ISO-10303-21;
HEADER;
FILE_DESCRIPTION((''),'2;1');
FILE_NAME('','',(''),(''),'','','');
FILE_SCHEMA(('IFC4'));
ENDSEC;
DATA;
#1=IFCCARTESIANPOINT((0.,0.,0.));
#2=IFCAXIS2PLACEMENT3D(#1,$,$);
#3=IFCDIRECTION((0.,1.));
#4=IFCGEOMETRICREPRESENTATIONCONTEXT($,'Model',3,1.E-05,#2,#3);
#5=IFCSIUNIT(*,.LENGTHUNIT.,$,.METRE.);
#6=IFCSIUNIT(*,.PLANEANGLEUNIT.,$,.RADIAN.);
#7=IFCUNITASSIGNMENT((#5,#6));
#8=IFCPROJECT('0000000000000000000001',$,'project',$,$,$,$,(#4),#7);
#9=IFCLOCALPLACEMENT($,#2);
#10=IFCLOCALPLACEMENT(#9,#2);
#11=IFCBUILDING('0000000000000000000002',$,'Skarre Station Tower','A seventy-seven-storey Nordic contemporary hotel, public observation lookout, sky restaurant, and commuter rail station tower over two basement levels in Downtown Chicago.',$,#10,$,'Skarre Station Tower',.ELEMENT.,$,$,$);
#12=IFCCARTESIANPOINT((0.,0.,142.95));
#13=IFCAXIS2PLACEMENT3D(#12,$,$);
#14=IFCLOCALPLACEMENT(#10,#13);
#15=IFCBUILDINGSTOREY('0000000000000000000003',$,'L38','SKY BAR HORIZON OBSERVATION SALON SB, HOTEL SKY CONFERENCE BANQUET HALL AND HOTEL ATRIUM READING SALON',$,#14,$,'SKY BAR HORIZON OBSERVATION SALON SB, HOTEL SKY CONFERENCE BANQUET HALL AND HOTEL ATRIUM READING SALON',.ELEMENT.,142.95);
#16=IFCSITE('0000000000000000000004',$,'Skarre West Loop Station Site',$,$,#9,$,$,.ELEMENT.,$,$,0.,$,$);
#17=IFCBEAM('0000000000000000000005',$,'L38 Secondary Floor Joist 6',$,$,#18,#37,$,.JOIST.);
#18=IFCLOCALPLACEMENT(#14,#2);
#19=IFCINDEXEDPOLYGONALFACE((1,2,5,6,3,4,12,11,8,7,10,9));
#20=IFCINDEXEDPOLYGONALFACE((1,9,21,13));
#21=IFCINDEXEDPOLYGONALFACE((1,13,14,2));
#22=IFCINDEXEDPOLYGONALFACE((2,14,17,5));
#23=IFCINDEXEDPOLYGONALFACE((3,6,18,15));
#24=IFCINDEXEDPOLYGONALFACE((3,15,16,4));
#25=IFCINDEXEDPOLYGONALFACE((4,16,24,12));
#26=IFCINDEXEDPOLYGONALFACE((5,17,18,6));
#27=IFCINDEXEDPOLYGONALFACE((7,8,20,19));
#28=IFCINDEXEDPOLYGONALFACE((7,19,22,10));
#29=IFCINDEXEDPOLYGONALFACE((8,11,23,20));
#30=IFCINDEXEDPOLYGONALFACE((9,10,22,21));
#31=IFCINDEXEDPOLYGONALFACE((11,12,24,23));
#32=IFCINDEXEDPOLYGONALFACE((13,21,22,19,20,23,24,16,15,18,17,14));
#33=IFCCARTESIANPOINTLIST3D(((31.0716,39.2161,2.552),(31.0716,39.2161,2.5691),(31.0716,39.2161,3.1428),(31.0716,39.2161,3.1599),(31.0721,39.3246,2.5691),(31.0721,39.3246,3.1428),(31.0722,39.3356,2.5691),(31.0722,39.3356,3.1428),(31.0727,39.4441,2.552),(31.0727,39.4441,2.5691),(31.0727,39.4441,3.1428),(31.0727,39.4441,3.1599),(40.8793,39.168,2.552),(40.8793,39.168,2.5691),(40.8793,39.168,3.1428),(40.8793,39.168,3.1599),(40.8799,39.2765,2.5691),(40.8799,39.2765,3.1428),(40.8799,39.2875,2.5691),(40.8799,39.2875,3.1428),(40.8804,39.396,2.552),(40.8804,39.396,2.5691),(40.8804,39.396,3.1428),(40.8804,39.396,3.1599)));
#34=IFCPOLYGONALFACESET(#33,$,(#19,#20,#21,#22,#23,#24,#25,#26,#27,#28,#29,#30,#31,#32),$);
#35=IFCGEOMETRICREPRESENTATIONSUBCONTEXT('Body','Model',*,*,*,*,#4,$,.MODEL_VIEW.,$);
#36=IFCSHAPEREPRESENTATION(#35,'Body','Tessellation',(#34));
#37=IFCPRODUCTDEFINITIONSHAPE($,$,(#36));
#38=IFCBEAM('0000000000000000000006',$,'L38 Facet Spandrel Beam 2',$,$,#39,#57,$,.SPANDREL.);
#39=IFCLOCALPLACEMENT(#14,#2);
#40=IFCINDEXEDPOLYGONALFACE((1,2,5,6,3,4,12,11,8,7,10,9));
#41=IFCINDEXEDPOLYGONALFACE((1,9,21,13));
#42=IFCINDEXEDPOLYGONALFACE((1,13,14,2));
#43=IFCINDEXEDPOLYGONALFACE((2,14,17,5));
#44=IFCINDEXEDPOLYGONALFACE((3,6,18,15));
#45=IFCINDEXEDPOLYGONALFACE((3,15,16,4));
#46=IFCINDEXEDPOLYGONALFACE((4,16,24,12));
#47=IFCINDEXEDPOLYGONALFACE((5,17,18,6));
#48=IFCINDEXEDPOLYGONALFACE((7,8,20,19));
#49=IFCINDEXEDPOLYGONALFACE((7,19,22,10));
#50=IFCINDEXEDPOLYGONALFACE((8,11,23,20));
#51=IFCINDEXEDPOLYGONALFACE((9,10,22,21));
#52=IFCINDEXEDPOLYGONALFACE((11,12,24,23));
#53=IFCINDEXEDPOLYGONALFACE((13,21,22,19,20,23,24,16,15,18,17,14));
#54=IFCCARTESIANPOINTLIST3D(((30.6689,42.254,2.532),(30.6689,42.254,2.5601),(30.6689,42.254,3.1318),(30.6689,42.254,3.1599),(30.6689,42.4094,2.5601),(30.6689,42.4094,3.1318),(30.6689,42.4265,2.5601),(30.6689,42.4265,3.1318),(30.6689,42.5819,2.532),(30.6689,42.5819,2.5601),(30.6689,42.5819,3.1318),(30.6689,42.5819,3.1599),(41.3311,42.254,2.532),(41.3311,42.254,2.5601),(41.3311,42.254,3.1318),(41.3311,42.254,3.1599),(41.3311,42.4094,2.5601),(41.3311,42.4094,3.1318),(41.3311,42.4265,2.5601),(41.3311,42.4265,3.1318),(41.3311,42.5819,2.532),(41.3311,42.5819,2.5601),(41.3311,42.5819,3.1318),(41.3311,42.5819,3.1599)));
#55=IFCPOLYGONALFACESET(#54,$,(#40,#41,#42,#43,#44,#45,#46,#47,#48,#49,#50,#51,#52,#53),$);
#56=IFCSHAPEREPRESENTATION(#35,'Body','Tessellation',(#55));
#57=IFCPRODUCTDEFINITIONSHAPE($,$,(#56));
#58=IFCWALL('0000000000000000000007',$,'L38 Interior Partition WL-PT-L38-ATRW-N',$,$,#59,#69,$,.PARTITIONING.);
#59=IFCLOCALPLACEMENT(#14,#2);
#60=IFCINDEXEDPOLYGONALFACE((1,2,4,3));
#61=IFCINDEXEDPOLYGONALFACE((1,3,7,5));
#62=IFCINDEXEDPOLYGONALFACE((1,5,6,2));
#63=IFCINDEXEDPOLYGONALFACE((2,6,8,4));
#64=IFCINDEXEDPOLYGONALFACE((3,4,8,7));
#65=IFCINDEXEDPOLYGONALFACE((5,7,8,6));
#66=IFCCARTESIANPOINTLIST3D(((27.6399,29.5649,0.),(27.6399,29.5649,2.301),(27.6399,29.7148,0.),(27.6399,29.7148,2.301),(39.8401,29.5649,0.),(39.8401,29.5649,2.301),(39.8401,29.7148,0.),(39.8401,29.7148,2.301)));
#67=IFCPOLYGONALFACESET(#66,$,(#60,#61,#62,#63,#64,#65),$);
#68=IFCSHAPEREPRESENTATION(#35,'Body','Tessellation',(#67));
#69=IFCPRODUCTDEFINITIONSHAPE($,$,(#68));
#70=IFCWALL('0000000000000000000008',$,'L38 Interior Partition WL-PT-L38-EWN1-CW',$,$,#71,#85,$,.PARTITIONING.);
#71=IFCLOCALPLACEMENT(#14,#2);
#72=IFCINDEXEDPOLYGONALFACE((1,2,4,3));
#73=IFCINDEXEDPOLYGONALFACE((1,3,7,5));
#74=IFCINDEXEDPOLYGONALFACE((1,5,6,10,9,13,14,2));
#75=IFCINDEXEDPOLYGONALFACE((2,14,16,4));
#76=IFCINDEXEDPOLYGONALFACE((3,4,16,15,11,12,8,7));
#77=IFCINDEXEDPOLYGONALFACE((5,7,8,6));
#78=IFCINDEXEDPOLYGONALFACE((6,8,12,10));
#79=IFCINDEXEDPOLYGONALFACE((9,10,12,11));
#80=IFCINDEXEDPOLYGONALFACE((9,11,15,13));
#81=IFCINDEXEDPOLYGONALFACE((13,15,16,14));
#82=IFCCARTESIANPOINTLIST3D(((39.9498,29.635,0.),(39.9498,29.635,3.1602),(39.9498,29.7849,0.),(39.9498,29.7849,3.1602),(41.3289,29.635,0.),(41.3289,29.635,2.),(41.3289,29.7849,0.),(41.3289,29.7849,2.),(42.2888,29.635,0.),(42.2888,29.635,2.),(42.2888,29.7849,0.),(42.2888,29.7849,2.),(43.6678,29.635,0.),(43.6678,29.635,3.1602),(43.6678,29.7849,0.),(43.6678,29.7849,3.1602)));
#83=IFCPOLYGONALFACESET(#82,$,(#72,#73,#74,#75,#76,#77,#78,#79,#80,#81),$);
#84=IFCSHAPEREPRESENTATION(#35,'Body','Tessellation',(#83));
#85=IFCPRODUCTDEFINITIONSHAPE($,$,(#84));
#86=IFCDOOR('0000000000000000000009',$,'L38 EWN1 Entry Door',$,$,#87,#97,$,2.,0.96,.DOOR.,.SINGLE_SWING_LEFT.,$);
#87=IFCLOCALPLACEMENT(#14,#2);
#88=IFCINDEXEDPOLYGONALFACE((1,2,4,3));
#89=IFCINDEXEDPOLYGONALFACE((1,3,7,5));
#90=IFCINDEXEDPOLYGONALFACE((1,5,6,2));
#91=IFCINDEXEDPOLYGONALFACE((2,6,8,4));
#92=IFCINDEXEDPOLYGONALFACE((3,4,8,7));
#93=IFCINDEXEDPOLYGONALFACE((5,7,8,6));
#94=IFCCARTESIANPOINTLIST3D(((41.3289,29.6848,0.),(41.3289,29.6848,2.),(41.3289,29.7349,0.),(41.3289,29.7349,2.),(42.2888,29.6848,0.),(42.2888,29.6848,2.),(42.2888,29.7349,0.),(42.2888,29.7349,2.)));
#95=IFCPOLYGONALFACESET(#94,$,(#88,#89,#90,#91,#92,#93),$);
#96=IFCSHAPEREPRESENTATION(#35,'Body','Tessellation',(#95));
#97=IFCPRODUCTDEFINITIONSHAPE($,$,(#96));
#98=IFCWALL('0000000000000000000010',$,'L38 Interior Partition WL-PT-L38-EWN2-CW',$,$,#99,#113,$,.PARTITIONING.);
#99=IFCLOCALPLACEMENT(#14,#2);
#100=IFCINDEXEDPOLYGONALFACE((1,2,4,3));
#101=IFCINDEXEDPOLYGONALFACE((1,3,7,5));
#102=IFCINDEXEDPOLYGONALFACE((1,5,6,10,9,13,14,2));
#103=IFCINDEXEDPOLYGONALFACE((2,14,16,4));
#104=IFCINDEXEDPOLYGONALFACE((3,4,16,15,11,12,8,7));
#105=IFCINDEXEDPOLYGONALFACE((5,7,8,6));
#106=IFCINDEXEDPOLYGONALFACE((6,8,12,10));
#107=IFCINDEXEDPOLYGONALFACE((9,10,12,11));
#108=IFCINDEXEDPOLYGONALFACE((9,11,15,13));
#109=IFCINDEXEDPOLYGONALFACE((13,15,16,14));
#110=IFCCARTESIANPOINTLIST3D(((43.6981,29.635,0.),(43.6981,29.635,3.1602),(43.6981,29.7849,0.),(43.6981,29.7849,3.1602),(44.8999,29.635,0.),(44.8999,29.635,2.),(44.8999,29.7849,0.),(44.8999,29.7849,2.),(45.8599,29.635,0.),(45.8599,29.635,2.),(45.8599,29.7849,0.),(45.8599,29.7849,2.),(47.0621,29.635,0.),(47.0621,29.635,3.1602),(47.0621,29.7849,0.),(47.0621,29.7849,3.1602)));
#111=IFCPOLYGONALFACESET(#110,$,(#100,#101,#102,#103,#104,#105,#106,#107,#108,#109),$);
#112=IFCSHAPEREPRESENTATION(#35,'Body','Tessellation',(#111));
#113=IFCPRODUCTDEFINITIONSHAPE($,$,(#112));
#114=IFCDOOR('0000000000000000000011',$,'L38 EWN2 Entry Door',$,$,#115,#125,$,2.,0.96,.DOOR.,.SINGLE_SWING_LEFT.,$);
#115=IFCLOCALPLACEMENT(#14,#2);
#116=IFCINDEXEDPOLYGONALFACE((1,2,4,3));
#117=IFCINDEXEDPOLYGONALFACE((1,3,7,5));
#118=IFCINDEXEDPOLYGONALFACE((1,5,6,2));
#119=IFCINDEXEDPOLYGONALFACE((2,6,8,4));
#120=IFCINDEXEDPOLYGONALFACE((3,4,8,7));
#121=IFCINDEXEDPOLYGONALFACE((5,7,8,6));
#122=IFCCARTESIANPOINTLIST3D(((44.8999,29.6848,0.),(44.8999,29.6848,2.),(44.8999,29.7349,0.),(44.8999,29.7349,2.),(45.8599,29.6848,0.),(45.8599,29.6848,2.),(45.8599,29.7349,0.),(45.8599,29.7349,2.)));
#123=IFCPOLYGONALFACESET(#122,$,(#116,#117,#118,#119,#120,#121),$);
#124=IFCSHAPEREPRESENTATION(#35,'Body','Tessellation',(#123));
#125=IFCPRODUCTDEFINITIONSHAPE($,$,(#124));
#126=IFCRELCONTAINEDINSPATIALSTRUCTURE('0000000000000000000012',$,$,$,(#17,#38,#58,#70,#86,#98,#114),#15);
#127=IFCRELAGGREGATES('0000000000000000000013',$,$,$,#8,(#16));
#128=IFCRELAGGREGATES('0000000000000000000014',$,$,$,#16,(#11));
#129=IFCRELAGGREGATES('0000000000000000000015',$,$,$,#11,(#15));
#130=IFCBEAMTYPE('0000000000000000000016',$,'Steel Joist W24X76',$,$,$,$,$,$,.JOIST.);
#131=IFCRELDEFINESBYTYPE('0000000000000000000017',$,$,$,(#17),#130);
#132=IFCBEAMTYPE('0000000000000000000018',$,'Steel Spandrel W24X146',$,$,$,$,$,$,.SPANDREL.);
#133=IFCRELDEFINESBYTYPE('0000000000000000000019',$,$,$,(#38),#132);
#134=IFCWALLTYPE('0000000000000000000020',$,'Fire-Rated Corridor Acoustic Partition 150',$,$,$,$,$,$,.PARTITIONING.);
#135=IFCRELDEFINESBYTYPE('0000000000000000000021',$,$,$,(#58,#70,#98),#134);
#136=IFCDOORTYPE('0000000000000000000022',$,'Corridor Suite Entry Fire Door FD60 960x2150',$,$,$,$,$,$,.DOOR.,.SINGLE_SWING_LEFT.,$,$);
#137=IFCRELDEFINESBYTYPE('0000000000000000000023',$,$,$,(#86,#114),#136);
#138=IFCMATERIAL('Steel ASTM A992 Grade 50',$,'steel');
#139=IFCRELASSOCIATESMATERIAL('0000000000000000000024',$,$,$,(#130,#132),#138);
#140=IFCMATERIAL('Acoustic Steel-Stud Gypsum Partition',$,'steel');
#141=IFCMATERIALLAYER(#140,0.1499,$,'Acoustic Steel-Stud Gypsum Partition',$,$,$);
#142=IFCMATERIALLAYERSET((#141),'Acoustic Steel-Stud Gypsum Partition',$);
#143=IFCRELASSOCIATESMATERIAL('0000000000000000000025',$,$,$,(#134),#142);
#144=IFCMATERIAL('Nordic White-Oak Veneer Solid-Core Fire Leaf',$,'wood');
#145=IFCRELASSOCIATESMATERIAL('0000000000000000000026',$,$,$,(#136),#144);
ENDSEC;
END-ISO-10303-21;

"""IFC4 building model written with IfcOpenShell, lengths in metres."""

from ifc_helpers import new_model, si_unit, direction, frame, frame_2d, origin, origin_2d, place, context, subcontext, project, spatial, rectangle, i_section, extrude, material, layer, layer_set, material_profile, profile_set, type_object, element, fill, save


model = new_model("IFC4")

# Units and contexts
model_context = context("Model", 3, precision=1e-05, world=origin(), true_north=direction((0.0, 1.0)))
body_context = subcontext(model_context, "Body", "Model", "MODEL_VIEW")
ifc_project = project(units=[si_unit("LENGTHUNIT", "METRE"), si_unit("PLANEANGLEUNIT", "RADIAN")], contexts=[model_context])

# Site, building, storey
site_placement = place(None, origin())
site = spatial("IfcSite", under=ifc_project, at=site_placement, Name="Skarre West Loop Station Site", CompositionType="ELEMENT", RefElevation=0.0)
building_placement = place(site_placement, origin())
building = spatial("IfcBuilding", under=site, at=building_placement, Name="Skarre Station Tower", Description="A seventy-seven-storey Nordic contemporary hotel, public observation lookout, sky restaurant, and commuter rail station tower over two basement levels in Downtown Chicago.", LongName="Skarre Station Tower", CompositionType="ELEMENT")
storey_placement = place(building_placement, frame((0.0, 0.0, 142.95)))
storey = spatial("IfcBuildingStorey", under=building, at=storey_placement, Name="L38", Description="SKY BAR HORIZON OBSERVATION SALON SB, HOTEL SKY CONFERENCE BANQUET HALL AND HOTEL ATRIUM READING SALON", LongName="SKY BAR HORIZON OBSERVATION SALON SB, HOTEL SKY CONFERENCE BANQUET HALL AND HOTEL ATRIUM READING SALON", CompositionType="ELEMENT", Elevation=142.95)

# Beams
ifc_material_1 = material(Name="Steel ASTM A992 Grade 50", Category="steel")
ifc_material_profile_1 = material_profile(ifc_material_1, i_section(OverallWidth=0.228, OverallDepth=0.6079, WebThickness=0.011, FlangeThickness=0.0171, at=origin_2d()), Name="Steel ASTM A992 Grade 50")
ifc_profile_set_1 = profile_set([ifc_material_profile_1], Name="Steel ASTM A992 Grade 50")
beam_type_1 = type_object("IfcBeamType", Name="Steel Joist W24X76", PredefinedType="JOIST", material=ifc_profile_set_1)
beam_1_placement = place(storey_placement, frame((40.8799, 39.282, 2.856), z_axis=(-0.999988, 0.004904, 0.0), x_axis=(-0.004904, -0.999988, 0.0)))
element("IfcBeam", 1, at=beam_1_placement, inside=storey, type_object=beam_type_1, Name="L38 Secondary Floor Joist 6", PredefinedType="JOIST", context=body_context, shape_type="SweptSolid", body=[
    extrude(i_section(OverallWidth=0.228, OverallDepth=0.6079, WebThickness=0.011, FlangeThickness=0.0171, at=origin_2d()), origin(), (0.0, 0.0, 1.0), 9.8079),
])
ifc_material_profile_2 = material_profile(ifc_material_1, i_section(OverallWidth=0.3279, OverallDepth=0.6279, WebThickness=0.0171, FlangeThickness=0.0281, at=origin_2d()), Name="Steel ASTM A992 Grade 50")
ifc_profile_set_2 = profile_set([ifc_material_profile_2], Name="Steel ASTM A992 Grade 50")
beam_type_2 = type_object("IfcBeamType", Name="Steel Spandrel W24X146", PredefinedType="SPANDREL", material=ifc_profile_set_2)
beam_2_placement = place(storey_placement, frame((41.3311, 42.418, 2.8459), z_axis=(-1.0, 0.0, 0.0), x_axis=(0.0, -1.0, 0.0)))
element("IfcBeam", 2, at=beam_2_placement, inside=storey, type_object=beam_type_2, Name="L38 Facet Spandrel Beam 2", PredefinedType="SPANDREL", context=body_context, shape_type="SweptSolid", body=[
    extrude(i_section(OverallWidth=0.3279, OverallDepth=0.6279, WebThickness=0.0171, FlangeThickness=0.0281, at=origin_2d()), origin(), (0.0, 0.0, 1.0), 10.6621),
])

# Wall
ifc_material_2 = material(Name="Acoustic Steel-Stud Gypsum Partition", Category="steel")
ifc_layer_1 = layer(ifc_material_2, 0.1499, Name="Acoustic Steel-Stud Gypsum Partition")
ifc_layer_set_1 = layer_set([ifc_layer_1], Name="Acoustic Steel-Stud Gypsum Partition")
wall_type_1 = type_object("IfcWallType", Name="Fire-Rated Corridor Acoustic Partition 150", PredefinedType="PARTITIONING", material=ifc_layer_set_1)
wall_1_placement = place(storey_placement, frame((39.8401, 29.6399, 0.0), z_axis=(0.0, 0.0, 1.0), x_axis=(-1.0, 0.0, 0.0)))
element("IfcWall", 3, at=wall_1_placement, inside=storey, type_object=wall_type_1, Name="L38 Interior Partition WL-PT-L38-ATRW-N", PredefinedType="PARTITIONING", context=body_context, shape_type="SweptSolid", body=[
    extrude(rectangle(XDim=12.2002, YDim=0.1499, at=frame_2d((6.1001, 0.0))), origin(), (0.0, 0.0, 1.0), 2.301),
])

# Walls, openings, doors
wall_2_placement = place(storey_placement, frame((39.95, 29.71, 0.0), z_axis=(0.0, 0.0, 1.0), x_axis=(1.0, 0.0, 0.0)))
wall_2 = element("IfcWall", 4, at=wall_2_placement, inside=storey, type_object=wall_type_1, Name="L38 Interior Partition WL-PT-L38-EWN1-CW", PredefinedType="PARTITIONING", context=body_context, shape_type="SweptSolid", body=[
    extrude(rectangle(XDim=3.718, YDim=0.1499, at=frame_2d((1.8589, 0.0))), origin(), (0.0, 0.0, 1.0), 3.1602),
])
opening_1_placement = place(wall_2_placement, frame((1.3789, 0.0, 0.0)))
opening_1 = element("IfcOpeningElement", 5, at=opening_1_placement, cuts=wall_2, PredefinedType="OPENING", context=body_context, shape_type="SweptSolid", body=[
    extrude(rectangle(XDim=0.96, YDim=2.0, at=frame_2d((0.48, 1.0))), frame((0.0, 0.085, 0.0), z_axis=(0.0, -1.0, 0.0), x_axis=(1.0, 0.0, 0.0)), (0.0, 0.0, 1.0), 0.1699),
])
ifc_material_3 = material(Name="Nordic White-Oak Veneer Solid-Core Fire Leaf", Category="wood")
door_type = type_object("IfcDoorType", Name="Corridor Suite Entry Fire Door FD60 960x2150", OperationType="SINGLE_SWING_LEFT", PredefinedType="DOOR", material=ifc_material_3)
door_1_placement = place(opening_1_placement, origin())
door_1 = element("IfcDoor", 6, at=door_1_placement, inside=storey, type_object=door_type, Name="L38 EWN1 Entry Door", OperationType="SINGLE_SWING_LEFT", OverallHeight=2.0, OverallWidth=0.96, PredefinedType="DOOR", context=body_context, shape_type="SweptSolid", body=[
    extrude(rectangle(XDim=0.96, YDim=2.0, at=frame_2d((0.48, 1.0))), frame((0.0, 0.0249, 0.0), z_axis=(0.0, -1.0, 0.0), x_axis=(1.0, 0.0, 0.0)), (0.0, 0.0, 1.0), 0.05),
])
fill(opening_1, door_1)
wall_3_placement = place(storey_placement, frame((43.698, 29.71, 0.0), z_axis=(0.0, 0.0, 1.0), x_axis=(1.0, 0.0, 0.0)))
wall_3 = element("IfcWall", 7, at=wall_3_placement, inside=storey, type_object=wall_type_1, Name="L38 Interior Partition WL-PT-L38-EWN2-CW", PredefinedType="PARTITIONING", context=body_context, shape_type="SweptSolid", body=[
    extrude(rectangle(XDim=3.364, YDim=0.1499, at=frame_2d((1.6821, 0.0))), origin(), (0.0, 0.0, 1.0), 3.1602),
])
opening_2_placement = place(wall_3_placement, frame((1.2019, 0.0, 0.0)))
opening_2 = element("IfcOpeningElement", 8, at=opening_2_placement, cuts=wall_3, PredefinedType="OPENING", context=body_context, shape_type="SweptSolid", body=[
    extrude(rectangle(XDim=0.96, YDim=2.0, at=frame_2d((0.48, 1.0))), frame((0.0, 0.085, 0.0), z_axis=(0.0, -1.0, 0.0), x_axis=(1.0, 0.0, 0.0)), (0.0, 0.0, 1.0), 0.1699),
])
door_2_placement = place(opening_2_placement, origin())
door_2 = element("IfcDoor", 9, at=door_2_placement, inside=storey, type_object=door_type, Name="L38 EWN2 Entry Door", OperationType="SINGLE_SWING_LEFT", OverallHeight=2.0, OverallWidth=0.96, PredefinedType="DOOR", context=body_context, shape_type="SweptSolid", body=[
    extrude(rectangle(XDim=0.96, YDim=2.0, at=frame_2d((0.48, 1.0))), frame((0.0, 0.0249, 0.0), z_axis=(0.0, -1.0, 0.0), x_axis=(1.0, 0.0, 0.0)), (0.0, 0.0, 1.0), 0.05),
])
fill(opening_2, door_2)

save(model, "model.ifc")
